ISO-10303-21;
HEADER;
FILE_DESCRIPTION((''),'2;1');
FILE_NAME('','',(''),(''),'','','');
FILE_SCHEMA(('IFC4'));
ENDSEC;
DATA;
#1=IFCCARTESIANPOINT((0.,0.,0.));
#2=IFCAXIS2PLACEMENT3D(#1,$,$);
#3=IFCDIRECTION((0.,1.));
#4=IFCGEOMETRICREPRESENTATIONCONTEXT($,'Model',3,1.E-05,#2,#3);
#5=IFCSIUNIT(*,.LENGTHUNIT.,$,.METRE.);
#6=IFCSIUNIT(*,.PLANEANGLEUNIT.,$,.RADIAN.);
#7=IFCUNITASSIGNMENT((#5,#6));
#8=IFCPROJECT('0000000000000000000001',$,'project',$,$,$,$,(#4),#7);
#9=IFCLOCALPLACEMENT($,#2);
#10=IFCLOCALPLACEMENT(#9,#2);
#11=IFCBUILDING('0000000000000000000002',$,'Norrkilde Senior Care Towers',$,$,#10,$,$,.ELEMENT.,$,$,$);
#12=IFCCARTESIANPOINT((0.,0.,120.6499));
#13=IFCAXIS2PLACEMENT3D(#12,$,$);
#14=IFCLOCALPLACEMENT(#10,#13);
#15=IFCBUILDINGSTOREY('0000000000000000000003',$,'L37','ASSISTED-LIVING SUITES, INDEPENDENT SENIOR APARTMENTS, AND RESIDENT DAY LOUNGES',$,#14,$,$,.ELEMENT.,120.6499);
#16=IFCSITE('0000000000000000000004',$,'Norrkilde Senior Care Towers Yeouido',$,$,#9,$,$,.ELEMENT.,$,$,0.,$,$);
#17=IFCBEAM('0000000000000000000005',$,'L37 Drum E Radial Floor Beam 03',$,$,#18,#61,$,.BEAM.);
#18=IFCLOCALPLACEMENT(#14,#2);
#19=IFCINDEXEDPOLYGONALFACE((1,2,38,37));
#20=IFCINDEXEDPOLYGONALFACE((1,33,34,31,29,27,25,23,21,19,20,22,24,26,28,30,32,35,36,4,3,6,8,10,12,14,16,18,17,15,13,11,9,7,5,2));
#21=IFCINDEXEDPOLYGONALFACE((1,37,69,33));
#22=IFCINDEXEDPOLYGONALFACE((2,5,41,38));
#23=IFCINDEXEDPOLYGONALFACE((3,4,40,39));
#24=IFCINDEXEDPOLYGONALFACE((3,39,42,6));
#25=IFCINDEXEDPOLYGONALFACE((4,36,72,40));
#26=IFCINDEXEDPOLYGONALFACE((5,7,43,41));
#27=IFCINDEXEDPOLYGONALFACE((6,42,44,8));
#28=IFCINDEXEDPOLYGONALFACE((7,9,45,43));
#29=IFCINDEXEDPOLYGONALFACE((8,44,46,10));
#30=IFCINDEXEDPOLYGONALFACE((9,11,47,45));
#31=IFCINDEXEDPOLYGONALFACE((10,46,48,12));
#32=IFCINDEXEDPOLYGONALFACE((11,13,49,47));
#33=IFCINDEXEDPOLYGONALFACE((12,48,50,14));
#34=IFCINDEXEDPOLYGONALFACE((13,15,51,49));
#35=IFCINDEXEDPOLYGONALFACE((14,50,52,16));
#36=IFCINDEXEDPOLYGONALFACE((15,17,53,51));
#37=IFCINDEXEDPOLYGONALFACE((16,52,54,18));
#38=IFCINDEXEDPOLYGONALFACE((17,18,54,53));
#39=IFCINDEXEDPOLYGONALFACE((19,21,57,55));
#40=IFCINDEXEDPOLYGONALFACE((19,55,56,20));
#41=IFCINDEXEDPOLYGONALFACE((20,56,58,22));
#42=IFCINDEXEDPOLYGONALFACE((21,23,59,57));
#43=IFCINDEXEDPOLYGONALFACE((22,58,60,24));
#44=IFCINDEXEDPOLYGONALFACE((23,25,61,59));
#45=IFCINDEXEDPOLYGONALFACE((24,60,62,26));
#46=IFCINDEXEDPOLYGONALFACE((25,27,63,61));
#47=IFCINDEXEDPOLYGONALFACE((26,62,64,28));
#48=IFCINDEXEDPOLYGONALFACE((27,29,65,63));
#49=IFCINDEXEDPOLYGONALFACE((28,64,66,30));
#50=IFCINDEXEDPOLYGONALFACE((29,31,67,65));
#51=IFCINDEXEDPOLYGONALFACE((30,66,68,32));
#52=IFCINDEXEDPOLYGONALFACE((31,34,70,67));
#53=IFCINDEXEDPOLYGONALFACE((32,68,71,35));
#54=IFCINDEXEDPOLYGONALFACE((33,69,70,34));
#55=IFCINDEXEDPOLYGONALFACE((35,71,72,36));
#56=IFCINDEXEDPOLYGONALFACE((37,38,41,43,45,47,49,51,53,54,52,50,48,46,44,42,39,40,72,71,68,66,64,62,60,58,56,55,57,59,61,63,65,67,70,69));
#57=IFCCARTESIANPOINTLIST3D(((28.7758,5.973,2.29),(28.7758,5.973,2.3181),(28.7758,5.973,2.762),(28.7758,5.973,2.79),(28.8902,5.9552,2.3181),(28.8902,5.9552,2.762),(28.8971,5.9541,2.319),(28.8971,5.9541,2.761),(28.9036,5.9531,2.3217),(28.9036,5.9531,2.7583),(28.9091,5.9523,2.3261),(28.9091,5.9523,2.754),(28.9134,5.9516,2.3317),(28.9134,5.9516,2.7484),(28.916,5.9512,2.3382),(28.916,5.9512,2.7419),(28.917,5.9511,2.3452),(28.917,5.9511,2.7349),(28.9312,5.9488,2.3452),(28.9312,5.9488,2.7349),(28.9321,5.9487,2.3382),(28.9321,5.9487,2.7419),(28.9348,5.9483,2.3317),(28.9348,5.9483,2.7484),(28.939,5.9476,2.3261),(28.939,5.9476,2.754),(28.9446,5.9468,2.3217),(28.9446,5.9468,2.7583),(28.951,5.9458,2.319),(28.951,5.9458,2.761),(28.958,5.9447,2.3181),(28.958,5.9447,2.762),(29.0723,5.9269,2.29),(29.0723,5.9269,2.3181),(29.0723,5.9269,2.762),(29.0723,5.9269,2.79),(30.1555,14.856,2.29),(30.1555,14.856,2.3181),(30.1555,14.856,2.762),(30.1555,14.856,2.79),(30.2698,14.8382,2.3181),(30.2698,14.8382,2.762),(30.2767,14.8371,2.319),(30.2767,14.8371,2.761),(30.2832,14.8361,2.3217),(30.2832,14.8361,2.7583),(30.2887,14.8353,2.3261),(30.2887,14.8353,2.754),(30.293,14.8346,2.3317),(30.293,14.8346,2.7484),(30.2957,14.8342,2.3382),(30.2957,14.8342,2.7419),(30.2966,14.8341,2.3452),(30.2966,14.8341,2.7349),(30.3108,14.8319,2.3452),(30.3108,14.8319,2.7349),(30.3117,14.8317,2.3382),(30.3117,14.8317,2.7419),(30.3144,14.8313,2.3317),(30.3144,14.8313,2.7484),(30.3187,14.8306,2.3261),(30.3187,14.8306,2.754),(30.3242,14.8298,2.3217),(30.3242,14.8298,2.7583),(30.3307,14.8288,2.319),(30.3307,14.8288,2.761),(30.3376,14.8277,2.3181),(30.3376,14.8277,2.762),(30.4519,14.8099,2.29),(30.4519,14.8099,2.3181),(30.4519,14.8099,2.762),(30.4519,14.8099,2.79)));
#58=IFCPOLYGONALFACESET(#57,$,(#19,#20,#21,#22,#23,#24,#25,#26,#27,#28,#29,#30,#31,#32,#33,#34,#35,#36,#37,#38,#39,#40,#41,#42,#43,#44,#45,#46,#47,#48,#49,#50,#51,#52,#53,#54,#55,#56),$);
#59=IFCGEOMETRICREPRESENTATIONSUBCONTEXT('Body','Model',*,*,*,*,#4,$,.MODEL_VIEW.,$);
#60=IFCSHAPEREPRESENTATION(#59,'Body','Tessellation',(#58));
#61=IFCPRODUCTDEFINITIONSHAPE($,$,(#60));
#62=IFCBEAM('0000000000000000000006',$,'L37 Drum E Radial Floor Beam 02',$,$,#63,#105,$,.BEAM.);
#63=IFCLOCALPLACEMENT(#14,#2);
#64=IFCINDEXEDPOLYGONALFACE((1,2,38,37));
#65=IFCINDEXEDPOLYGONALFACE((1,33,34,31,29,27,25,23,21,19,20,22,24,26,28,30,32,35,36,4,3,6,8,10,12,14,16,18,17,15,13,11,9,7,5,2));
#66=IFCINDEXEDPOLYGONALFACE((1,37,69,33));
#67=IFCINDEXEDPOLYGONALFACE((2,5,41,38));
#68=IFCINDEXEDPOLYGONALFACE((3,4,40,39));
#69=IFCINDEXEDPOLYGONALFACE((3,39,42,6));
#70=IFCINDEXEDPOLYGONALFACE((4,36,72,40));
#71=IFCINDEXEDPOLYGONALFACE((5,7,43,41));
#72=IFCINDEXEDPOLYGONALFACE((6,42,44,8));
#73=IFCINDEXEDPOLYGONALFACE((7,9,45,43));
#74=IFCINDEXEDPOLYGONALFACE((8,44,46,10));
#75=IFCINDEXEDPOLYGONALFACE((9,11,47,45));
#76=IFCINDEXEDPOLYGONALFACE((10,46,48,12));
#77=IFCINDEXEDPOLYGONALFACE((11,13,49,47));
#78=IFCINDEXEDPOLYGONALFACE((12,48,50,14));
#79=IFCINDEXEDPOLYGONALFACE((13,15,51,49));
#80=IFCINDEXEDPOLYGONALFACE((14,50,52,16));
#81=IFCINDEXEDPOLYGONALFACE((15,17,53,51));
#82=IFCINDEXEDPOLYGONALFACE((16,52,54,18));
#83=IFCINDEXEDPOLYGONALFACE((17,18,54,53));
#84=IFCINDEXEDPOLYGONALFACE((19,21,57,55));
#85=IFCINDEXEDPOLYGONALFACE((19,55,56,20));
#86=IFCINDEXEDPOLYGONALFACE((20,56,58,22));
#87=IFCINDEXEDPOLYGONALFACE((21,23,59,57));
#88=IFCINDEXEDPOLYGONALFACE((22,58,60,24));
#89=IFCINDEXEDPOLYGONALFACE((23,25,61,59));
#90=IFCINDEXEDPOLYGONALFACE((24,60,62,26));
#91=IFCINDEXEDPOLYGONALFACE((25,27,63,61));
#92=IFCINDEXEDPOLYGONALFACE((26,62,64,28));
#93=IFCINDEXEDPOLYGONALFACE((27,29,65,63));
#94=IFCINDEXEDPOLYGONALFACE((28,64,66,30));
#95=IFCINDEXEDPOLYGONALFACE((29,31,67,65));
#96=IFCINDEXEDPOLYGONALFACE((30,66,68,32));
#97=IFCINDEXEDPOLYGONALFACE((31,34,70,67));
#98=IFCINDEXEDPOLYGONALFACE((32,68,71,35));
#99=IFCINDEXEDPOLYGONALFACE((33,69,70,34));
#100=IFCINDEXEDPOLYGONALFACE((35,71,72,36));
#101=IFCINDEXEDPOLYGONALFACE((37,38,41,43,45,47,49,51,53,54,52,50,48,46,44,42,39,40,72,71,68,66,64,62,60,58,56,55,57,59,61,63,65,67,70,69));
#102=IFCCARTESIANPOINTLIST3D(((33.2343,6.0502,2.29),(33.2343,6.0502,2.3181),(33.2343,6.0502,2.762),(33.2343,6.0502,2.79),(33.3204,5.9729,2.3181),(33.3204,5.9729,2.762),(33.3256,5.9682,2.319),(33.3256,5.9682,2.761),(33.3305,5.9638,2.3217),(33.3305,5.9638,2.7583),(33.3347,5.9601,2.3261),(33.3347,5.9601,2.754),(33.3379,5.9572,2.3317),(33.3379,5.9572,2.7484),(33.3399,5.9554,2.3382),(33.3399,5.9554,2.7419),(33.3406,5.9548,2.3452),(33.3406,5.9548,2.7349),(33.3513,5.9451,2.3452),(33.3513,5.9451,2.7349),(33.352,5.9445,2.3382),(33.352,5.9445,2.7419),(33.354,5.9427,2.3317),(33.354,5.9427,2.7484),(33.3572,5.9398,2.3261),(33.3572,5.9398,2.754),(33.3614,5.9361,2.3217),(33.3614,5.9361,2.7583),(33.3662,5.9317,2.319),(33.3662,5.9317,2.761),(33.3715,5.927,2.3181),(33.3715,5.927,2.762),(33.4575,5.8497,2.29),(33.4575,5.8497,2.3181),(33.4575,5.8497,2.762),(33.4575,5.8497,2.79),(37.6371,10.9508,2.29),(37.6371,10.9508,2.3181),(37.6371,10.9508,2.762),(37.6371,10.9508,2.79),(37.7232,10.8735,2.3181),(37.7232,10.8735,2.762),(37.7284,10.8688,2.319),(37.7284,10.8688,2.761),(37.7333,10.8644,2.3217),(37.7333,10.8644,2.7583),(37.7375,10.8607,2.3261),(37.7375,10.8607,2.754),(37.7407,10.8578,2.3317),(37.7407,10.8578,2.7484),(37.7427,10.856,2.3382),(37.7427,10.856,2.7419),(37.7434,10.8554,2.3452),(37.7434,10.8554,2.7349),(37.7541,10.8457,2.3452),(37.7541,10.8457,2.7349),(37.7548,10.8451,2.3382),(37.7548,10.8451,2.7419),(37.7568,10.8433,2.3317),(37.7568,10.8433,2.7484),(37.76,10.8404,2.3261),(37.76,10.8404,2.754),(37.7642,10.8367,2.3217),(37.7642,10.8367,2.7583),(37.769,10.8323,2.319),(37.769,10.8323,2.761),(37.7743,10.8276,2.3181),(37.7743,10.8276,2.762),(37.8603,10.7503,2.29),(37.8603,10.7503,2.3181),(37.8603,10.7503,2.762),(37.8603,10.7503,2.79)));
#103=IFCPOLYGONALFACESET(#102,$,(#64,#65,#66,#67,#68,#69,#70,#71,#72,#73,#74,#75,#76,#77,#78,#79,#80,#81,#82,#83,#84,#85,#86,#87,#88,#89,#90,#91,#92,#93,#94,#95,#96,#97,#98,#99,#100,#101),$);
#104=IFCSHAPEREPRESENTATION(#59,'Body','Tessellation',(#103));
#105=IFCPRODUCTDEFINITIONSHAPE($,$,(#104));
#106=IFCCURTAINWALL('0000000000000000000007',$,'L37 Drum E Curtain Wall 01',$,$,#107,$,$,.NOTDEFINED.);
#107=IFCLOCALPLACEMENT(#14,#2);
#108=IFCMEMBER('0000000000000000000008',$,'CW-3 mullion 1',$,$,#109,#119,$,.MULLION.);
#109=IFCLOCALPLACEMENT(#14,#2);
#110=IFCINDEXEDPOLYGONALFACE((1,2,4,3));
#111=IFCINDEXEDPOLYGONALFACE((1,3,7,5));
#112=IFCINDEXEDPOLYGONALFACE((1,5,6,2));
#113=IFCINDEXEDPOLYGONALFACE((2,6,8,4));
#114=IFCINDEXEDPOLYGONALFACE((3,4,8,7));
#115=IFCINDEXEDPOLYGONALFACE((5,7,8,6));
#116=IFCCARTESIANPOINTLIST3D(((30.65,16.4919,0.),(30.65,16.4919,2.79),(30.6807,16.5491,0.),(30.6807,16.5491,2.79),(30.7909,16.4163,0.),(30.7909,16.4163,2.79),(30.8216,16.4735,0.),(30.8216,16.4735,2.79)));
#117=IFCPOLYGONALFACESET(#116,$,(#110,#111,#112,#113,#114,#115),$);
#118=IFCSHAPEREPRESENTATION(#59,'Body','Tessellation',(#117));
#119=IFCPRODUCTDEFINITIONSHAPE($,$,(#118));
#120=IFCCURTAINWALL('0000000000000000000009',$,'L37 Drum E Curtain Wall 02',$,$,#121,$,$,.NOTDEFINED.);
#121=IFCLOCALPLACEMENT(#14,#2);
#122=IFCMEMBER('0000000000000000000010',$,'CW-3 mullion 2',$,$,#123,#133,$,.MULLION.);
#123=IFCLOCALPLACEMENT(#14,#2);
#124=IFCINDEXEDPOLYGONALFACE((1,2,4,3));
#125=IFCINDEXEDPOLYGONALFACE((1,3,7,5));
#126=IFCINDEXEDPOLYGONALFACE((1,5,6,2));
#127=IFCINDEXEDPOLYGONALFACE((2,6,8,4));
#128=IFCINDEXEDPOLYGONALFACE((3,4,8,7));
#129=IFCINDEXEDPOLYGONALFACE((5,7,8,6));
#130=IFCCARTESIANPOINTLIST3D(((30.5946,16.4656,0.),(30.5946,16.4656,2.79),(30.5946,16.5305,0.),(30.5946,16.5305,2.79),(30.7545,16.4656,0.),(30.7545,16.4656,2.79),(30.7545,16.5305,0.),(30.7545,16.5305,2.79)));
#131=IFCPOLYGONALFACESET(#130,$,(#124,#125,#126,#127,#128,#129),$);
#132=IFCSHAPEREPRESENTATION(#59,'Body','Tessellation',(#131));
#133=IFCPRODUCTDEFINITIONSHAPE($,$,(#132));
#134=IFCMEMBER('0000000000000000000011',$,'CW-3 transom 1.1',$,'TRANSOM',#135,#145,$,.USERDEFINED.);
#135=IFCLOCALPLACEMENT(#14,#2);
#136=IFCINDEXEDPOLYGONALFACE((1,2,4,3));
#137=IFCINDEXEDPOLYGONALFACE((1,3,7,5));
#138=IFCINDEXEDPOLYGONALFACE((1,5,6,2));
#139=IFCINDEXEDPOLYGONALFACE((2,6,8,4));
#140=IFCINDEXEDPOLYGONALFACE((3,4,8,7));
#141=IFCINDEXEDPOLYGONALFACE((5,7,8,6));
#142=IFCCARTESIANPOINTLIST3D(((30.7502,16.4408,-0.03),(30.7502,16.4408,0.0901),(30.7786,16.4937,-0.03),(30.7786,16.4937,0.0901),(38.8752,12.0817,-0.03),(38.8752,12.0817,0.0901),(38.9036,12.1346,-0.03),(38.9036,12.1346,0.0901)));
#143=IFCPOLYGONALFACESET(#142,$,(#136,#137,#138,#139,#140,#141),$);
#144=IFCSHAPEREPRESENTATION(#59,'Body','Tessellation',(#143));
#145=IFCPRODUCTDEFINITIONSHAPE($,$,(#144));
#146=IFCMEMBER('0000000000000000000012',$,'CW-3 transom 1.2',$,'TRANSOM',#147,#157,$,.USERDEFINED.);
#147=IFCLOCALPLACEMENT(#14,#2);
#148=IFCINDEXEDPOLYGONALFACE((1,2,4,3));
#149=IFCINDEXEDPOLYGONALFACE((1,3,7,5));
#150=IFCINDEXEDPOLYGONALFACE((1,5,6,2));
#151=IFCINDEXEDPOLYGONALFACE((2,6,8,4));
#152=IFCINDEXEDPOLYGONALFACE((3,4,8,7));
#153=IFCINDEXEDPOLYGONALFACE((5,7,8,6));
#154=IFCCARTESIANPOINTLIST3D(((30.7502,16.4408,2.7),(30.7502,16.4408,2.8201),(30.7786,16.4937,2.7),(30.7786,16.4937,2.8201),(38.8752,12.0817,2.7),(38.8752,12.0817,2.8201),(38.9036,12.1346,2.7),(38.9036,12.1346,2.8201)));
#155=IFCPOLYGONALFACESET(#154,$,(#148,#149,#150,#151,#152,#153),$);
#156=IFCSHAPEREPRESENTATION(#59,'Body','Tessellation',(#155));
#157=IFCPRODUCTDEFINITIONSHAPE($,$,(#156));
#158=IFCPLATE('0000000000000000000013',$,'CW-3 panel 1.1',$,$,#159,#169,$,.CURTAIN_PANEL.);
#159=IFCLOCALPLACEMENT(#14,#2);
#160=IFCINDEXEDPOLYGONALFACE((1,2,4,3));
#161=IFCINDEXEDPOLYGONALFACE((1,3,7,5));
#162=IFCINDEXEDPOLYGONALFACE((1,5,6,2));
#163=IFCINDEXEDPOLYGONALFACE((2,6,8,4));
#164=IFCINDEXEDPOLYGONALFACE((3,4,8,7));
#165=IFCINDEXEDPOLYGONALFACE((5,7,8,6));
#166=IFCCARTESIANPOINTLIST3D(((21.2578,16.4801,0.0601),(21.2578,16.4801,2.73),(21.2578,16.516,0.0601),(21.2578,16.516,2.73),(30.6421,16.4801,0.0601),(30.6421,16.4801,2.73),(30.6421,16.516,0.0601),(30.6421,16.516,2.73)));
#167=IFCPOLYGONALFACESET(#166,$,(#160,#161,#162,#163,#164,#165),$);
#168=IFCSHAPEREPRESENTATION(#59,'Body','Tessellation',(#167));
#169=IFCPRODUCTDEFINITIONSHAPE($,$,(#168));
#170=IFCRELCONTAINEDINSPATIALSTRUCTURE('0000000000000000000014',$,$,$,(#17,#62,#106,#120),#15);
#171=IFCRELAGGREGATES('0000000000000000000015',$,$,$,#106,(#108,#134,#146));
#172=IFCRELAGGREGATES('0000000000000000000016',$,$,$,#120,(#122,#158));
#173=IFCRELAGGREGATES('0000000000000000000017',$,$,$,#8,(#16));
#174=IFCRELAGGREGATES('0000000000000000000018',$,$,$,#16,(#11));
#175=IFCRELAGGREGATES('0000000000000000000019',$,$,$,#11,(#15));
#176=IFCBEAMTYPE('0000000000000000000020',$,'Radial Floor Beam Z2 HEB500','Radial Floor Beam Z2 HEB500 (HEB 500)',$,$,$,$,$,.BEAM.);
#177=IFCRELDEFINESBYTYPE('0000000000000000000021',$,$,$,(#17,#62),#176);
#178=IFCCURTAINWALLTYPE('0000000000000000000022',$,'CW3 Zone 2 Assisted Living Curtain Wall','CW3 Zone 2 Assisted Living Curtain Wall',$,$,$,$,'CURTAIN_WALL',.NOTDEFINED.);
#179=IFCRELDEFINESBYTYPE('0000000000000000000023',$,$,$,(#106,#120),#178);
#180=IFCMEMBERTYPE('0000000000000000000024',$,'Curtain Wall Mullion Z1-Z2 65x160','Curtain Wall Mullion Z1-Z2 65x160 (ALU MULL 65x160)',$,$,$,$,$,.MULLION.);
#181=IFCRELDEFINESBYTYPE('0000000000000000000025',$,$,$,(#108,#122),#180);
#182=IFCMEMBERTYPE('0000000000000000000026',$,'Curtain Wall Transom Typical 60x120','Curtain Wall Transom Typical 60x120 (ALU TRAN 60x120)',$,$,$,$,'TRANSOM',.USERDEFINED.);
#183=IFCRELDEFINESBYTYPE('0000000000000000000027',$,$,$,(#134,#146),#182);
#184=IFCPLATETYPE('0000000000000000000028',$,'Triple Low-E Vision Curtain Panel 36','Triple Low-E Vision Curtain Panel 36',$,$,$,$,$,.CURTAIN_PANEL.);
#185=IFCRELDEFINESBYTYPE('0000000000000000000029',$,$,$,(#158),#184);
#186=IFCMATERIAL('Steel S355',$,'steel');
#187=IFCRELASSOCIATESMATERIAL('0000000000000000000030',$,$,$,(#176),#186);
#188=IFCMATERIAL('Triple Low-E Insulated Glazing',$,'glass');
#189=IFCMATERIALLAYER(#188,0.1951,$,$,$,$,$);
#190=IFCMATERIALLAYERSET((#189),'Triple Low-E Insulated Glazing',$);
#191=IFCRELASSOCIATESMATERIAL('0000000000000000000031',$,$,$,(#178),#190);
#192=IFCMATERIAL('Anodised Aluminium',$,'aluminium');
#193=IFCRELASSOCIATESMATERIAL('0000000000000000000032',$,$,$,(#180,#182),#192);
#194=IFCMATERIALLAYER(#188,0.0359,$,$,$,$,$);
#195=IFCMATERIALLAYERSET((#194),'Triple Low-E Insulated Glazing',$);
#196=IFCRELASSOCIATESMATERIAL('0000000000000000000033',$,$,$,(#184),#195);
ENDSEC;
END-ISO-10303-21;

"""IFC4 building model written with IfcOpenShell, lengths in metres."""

from ifc_helpers import new_model, si_unit, direction, frame, origin, origin_2d, place, context, subcontext, project, spatial, rectangle, i_section, extrude, source, transform, mapped, material, layer, layer_set, material_profile, profile_set, type_object, type_shapes, element, aggregate, save


model = new_model("IFC4")

# Units and contexts
model_context = context("Model", 3, precision=1e-05, world=origin(), true_north=direction((0.0, 1.0)))
body_context = subcontext(model_context, "Body", "Model", "MODEL_VIEW")
ifc_project = project(units=[si_unit("LENGTHUNIT", "METRE"), si_unit("PLANEANGLEUNIT", "RADIAN")], contexts=[model_context])

# Site, building, storey
site_placement = place(None, origin())
site = spatial("IfcSite", under=ifc_project, at=site_placement, Name="Norrkilde Senior Care Towers Yeouido", CompositionType="ELEMENT", RefElevation=0.0)
building_placement = place(site_placement, origin())
building = spatial("IfcBuilding", under=site, at=building_placement, Name="Norrkilde Senior Care Towers", CompositionType="ELEMENT")
storey_placement = place(building_placement, frame((0.0, 0.0, 120.6499)))
storey = spatial("IfcBuildingStorey", under=building, at=storey_placement, Name="L37", Description="ASSISTED-LIVING SUITES, INDEPENDENT SENIOR APARTMENTS, AND RESIDENT DAY LOUNGES", CompositionType="ELEMENT", Elevation=120.6499)

# Beams
ifc_material_1 = material(Name="Steel S355", Category="steel")
ifc_material_profile_1 = material_profile(ifc_material_1, i_section(OverallWidth=0.3, OverallDepth=0.5, WebThickness=0.0144, FlangeThickness=0.0281, FilletRadius=0.0271, at=origin_2d()), Name="HEB 500")
ifc_profile_set_1 = profile_set([ifc_material_profile_1], Name="Steel S355")
beam_type_1 = type_object("IfcBeamType", Name="Radial Floor Beam Z2 HEB500", Description="Radial Floor Beam Z2 HEB500 (HEB 500)", PredefinedType="BEAM", material=ifc_profile_set_1)
shared_shape_1 = source(origin(), body_context, "Body", "SweptSolid", [
    extrude(i_section(OverallWidth=0.3, OverallDepth=0.5, WebThickness=0.0144, FlangeThickness=0.0281, FilletRadius=0.0271, at=origin_2d()), origin(), (0.0, 0.0, 1.0), 8.9895),
])
beam_1_placement = place(storey_placement, frame((28.9241, 5.95, 2.54), z_axis=(0.153471, 0.988153, 0.0), x_axis=(-0.988153, 0.153471, 0.0)))
element("IfcBeam", 1, at=beam_1_placement, inside=storey, type_object=beam_type_1, Name="L37 Drum E Radial Floor Beam 03", PredefinedType="BEAM", context=body_context, shape_type="MappedRepresentation", body=[
    mapped(shared_shape_1, transform((0.0, 0.0, 0.0), x_axis=(1.0, 0.0, 0.0), y_axis=(0.0, 1.0, 0.0), z_axis=(0.0, 0.0, 1.0), scale=1.0)),
])
shared_shape_2 = source(origin(), body_context, "Body", "SweptSolid", [
    extrude(i_section(OverallWidth=0.3, OverallDepth=0.5, WebThickness=0.0144, FlangeThickness=0.0281, FilletRadius=0.0271, at=origin_2d()), origin(), (0.0, 0.0, 1.0), 6.5879),
])
beam_2_placement = place(storey_placement, frame((33.3459, 5.95, 2.54), z_axis=(0.668315, 0.743878, 0.0), x_axis=(-0.743878, 0.668315, 0.0)))
element("IfcBeam", 2, at=beam_2_placement, inside=storey, type_object=beam_type_1, Name="L37 Drum E Radial Floor Beam 02", PredefinedType="BEAM", context=body_context, shape_type="MappedRepresentation", body=[
    mapped(shared_shape_2, transform((0.0, 0.0, 0.0), x_axis=(1.0, 0.0, 0.0), y_axis=(0.0, 1.0, 0.0), z_axis=(0.0, 0.0, 1.0), scale=1.0)),
])

# Curtain walls, members
ifc_material_2 = material(Name="Triple Low-E Insulated Glazing", Category="glass")
ifc_layer_1 = layer(ifc_material_2, 0.1951)
ifc_layer_set_1 = layer_set([ifc_layer_1], Name="Triple Low-E Insulated Glazing")
curtain_wall_type = type_object("IfcCurtainWallType", Name="CW3 Zone 2 Assisted Living Curtain Wall", Description="CW3 Zone 2 Assisted Living Curtain Wall", ElementType="CURTAIN_WALL", PredefinedType="NOTDEFINED", material=ifc_layer_set_1)
curtain_wall_1_placement = place(storey_placement, origin())
curtain_wall_1 = element("IfcCurtainWall", 3, at=curtain_wall_1_placement, inside=storey, type_object=curtain_wall_type, Name="L37 Drum E Curtain Wall 01", PredefinedType="NOTDEFINED")
ifc_material_3 = material(Name="Anodised Aluminium", Category="aluminium")
ifc_material_profile_2 = material_profile(ifc_material_3, rectangle(XDim=0.0649, YDim=0.1599, at=origin_2d()), Name="ALU MULL 65x160")
ifc_profile_set_2 = profile_set([ifc_material_profile_2], Name="Anodised Aluminium")
member_type_1 = type_object("IfcMemberType", Name="Curtain Wall Mullion Z1-Z2 65x160", Description="Curtain Wall Mullion Z1-Z2 65x160 (ALU MULL 65x160)", PredefinedType="MULLION", material=ifc_profile_set_2)
shared_shape_3 = source(origin(), body_context, "Body", "SweptSolid", [
    extrude(rectangle(XDim=0.0649, YDim=0.1599, at=origin_2d()), origin(), (0.0, 0.0, 1.0), 2.79),
])
type_shapes(member_type_1, [shared_shape_3])
member_1_placement = place(storey_placement, frame((30.7358, 16.4827, 0.0), z_axis=(0.0, 0.0, 1.0), x_axis=(0.472769, 0.881186, 0.0)))
member_1 = element("IfcMember", 4, at=member_1_placement, type_object=member_type_1, Name="CW-3 mullion 1", PredefinedType="MULLION", context=body_context, shape_type="MappedRepresentation", body=[
    mapped(shared_shape_3, transform((0.0, 0.0, 0.0), x_axis=(1.0, 0.0, 0.0), y_axis=(0.0, 1.0, 0.0), z_axis=(0.0, 0.0, 1.0), scale=1.0)),
])
curtain_wall_2_placement = place(storey_placement, origin())
curtain_wall_2 = element("IfcCurtainWall", 5, at=curtain_wall_2_placement, inside=storey, type_object=curtain_wall_type, Name="L37 Drum E Curtain Wall 02", PredefinedType="NOTDEFINED")
member_2_placement = place(storey_placement, frame((30.6746, 16.498, 0.0), z_axis=(0.0, 0.0, 1.0), x_axis=(0.0, 1.0, 0.0)))
member_2 = element("IfcMember", 6, at=member_2_placement, type_object=member_type_1, Name="CW-3 mullion 2", PredefinedType="MULLION", context=body_context, shape_type="MappedRepresentation", body=[
    mapped(shared_shape_3, transform((0.0, 0.0, 0.0), x_axis=(1.0, 0.0, 0.0), y_axis=(0.0, 1.0, 0.0), z_axis=(0.0, 0.0, 1.0), scale=1.0)),
])

# Members
ifc_material_profile_3 = material_profile(ifc_material_3, rectangle(XDim=0.0601, YDim=0.1201, at=origin_2d()), Name="ALU TRAN 60x120")
ifc_profile_set_3 = profile_set([ifc_material_profile_3], Name="Anodised Aluminium")
member_type_2 = type_object("IfcMemberType", Name="Curtain Wall Transom Typical 60x120", Description="Curtain Wall Transom Typical 60x120 (ALU TRAN 60x120)", ElementType="TRANSOM", PredefinedType="USERDEFINED", material=ifc_profile_set_3)
shared_shape_4 = source(origin(), body_context, "Body", "SweptSolid", [
    extrude(rectangle(XDim=0.0601, YDim=0.1201, at=origin_2d()), origin(), (0.0, 0.0, 1.0), 9.2205),
])
type_shapes(member_type_2, [shared_shape_4])
member_3_placement = place(storey_placement, frame((30.7644, 16.4673, 0.03), z_axis=(0.881189, -0.472765, 0.0), x_axis=(0.472765, 0.881189, 0.0)))
member_3 = element("IfcMember", 7, at=member_3_placement, type_object=member_type_2, Name="CW-3 transom 1.1", ObjectType="TRANSOM", PredefinedType="USERDEFINED", context=body_context, shape_type="MappedRepresentation", body=[
    mapped(shared_shape_4, transform((0.0, 0.0, 0.0), x_axis=(1.0, 0.0, 0.0), y_axis=(0.0, 1.0, 0.0), z_axis=(0.0, 0.0, 1.0), scale=1.0)),
])
member_4_placement = place(storey_placement, frame((30.7644, 16.4673, 2.76), z_axis=(0.881189, -0.472765, 0.0), x_axis=(0.472765, 0.881189, 0.0)))
member_4 = element("IfcMember", 8, at=member_4_placement, type_object=member_type_2, Name="CW-3 transom 1.2", ObjectType="TRANSOM", PredefinedType="USERDEFINED", context=body_context, shape_type="MappedRepresentation", body=[
    mapped(shared_shape_4, transform((0.0, 0.0, 0.0), x_axis=(1.0, 0.0, 0.0), y_axis=(0.0, 1.0, 0.0), z_axis=(0.0, 0.0, 1.0), scale=1.0)),
])
aggregate(curtain_wall_1, [member_1, member_3, member_4])

# Plate
ifc_layer_2 = layer(ifc_material_2, 0.0359)
ifc_layer_set_2 = layer_set([ifc_layer_2], Name="Triple Low-E Insulated Glazing")
plate_type = type_object("IfcPlateType", Name="Triple Low-E Vision Curtain Panel 36", Description="Triple Low-E Vision Curtain Panel 36", PredefinedType="CURTAIN_PANEL", material=ifc_layer_set_2)
shared_shape_5 = source(origin(), body_context, "Body", "SweptSolid", [
    extrude(rectangle(XDim=9.3843, YDim=0.0359, at=origin_2d()), origin(), (0.0, 0.0, 1.0), 2.6699),
])
type_shapes(plate_type, [shared_shape_5])
plate_placement = place(storey_placement, frame((25.95, 16.498, 0.0601), z_axis=(0.0, 0.0, 1.0), x_axis=(1.0, 0.0, 0.0)))
plate = element("IfcPlate", 9, at=plate_placement, type_object=plate_type, Name="CW-3 panel 1.1", PredefinedType="CURTAIN_PANEL", context=body_context, shape_type="MappedRepresentation", body=[
    mapped(shared_shape_5, transform((0.0, 0.0, 0.0), x_axis=(1.0, 0.0, 0.0), y_axis=(0.0, 1.0, 0.0), z_axis=(0.0, 0.0, 1.0), scale=1.0)),
])
aggregate(curtain_wall_2, [member_2, plate])

save(model, "model.ifc")
